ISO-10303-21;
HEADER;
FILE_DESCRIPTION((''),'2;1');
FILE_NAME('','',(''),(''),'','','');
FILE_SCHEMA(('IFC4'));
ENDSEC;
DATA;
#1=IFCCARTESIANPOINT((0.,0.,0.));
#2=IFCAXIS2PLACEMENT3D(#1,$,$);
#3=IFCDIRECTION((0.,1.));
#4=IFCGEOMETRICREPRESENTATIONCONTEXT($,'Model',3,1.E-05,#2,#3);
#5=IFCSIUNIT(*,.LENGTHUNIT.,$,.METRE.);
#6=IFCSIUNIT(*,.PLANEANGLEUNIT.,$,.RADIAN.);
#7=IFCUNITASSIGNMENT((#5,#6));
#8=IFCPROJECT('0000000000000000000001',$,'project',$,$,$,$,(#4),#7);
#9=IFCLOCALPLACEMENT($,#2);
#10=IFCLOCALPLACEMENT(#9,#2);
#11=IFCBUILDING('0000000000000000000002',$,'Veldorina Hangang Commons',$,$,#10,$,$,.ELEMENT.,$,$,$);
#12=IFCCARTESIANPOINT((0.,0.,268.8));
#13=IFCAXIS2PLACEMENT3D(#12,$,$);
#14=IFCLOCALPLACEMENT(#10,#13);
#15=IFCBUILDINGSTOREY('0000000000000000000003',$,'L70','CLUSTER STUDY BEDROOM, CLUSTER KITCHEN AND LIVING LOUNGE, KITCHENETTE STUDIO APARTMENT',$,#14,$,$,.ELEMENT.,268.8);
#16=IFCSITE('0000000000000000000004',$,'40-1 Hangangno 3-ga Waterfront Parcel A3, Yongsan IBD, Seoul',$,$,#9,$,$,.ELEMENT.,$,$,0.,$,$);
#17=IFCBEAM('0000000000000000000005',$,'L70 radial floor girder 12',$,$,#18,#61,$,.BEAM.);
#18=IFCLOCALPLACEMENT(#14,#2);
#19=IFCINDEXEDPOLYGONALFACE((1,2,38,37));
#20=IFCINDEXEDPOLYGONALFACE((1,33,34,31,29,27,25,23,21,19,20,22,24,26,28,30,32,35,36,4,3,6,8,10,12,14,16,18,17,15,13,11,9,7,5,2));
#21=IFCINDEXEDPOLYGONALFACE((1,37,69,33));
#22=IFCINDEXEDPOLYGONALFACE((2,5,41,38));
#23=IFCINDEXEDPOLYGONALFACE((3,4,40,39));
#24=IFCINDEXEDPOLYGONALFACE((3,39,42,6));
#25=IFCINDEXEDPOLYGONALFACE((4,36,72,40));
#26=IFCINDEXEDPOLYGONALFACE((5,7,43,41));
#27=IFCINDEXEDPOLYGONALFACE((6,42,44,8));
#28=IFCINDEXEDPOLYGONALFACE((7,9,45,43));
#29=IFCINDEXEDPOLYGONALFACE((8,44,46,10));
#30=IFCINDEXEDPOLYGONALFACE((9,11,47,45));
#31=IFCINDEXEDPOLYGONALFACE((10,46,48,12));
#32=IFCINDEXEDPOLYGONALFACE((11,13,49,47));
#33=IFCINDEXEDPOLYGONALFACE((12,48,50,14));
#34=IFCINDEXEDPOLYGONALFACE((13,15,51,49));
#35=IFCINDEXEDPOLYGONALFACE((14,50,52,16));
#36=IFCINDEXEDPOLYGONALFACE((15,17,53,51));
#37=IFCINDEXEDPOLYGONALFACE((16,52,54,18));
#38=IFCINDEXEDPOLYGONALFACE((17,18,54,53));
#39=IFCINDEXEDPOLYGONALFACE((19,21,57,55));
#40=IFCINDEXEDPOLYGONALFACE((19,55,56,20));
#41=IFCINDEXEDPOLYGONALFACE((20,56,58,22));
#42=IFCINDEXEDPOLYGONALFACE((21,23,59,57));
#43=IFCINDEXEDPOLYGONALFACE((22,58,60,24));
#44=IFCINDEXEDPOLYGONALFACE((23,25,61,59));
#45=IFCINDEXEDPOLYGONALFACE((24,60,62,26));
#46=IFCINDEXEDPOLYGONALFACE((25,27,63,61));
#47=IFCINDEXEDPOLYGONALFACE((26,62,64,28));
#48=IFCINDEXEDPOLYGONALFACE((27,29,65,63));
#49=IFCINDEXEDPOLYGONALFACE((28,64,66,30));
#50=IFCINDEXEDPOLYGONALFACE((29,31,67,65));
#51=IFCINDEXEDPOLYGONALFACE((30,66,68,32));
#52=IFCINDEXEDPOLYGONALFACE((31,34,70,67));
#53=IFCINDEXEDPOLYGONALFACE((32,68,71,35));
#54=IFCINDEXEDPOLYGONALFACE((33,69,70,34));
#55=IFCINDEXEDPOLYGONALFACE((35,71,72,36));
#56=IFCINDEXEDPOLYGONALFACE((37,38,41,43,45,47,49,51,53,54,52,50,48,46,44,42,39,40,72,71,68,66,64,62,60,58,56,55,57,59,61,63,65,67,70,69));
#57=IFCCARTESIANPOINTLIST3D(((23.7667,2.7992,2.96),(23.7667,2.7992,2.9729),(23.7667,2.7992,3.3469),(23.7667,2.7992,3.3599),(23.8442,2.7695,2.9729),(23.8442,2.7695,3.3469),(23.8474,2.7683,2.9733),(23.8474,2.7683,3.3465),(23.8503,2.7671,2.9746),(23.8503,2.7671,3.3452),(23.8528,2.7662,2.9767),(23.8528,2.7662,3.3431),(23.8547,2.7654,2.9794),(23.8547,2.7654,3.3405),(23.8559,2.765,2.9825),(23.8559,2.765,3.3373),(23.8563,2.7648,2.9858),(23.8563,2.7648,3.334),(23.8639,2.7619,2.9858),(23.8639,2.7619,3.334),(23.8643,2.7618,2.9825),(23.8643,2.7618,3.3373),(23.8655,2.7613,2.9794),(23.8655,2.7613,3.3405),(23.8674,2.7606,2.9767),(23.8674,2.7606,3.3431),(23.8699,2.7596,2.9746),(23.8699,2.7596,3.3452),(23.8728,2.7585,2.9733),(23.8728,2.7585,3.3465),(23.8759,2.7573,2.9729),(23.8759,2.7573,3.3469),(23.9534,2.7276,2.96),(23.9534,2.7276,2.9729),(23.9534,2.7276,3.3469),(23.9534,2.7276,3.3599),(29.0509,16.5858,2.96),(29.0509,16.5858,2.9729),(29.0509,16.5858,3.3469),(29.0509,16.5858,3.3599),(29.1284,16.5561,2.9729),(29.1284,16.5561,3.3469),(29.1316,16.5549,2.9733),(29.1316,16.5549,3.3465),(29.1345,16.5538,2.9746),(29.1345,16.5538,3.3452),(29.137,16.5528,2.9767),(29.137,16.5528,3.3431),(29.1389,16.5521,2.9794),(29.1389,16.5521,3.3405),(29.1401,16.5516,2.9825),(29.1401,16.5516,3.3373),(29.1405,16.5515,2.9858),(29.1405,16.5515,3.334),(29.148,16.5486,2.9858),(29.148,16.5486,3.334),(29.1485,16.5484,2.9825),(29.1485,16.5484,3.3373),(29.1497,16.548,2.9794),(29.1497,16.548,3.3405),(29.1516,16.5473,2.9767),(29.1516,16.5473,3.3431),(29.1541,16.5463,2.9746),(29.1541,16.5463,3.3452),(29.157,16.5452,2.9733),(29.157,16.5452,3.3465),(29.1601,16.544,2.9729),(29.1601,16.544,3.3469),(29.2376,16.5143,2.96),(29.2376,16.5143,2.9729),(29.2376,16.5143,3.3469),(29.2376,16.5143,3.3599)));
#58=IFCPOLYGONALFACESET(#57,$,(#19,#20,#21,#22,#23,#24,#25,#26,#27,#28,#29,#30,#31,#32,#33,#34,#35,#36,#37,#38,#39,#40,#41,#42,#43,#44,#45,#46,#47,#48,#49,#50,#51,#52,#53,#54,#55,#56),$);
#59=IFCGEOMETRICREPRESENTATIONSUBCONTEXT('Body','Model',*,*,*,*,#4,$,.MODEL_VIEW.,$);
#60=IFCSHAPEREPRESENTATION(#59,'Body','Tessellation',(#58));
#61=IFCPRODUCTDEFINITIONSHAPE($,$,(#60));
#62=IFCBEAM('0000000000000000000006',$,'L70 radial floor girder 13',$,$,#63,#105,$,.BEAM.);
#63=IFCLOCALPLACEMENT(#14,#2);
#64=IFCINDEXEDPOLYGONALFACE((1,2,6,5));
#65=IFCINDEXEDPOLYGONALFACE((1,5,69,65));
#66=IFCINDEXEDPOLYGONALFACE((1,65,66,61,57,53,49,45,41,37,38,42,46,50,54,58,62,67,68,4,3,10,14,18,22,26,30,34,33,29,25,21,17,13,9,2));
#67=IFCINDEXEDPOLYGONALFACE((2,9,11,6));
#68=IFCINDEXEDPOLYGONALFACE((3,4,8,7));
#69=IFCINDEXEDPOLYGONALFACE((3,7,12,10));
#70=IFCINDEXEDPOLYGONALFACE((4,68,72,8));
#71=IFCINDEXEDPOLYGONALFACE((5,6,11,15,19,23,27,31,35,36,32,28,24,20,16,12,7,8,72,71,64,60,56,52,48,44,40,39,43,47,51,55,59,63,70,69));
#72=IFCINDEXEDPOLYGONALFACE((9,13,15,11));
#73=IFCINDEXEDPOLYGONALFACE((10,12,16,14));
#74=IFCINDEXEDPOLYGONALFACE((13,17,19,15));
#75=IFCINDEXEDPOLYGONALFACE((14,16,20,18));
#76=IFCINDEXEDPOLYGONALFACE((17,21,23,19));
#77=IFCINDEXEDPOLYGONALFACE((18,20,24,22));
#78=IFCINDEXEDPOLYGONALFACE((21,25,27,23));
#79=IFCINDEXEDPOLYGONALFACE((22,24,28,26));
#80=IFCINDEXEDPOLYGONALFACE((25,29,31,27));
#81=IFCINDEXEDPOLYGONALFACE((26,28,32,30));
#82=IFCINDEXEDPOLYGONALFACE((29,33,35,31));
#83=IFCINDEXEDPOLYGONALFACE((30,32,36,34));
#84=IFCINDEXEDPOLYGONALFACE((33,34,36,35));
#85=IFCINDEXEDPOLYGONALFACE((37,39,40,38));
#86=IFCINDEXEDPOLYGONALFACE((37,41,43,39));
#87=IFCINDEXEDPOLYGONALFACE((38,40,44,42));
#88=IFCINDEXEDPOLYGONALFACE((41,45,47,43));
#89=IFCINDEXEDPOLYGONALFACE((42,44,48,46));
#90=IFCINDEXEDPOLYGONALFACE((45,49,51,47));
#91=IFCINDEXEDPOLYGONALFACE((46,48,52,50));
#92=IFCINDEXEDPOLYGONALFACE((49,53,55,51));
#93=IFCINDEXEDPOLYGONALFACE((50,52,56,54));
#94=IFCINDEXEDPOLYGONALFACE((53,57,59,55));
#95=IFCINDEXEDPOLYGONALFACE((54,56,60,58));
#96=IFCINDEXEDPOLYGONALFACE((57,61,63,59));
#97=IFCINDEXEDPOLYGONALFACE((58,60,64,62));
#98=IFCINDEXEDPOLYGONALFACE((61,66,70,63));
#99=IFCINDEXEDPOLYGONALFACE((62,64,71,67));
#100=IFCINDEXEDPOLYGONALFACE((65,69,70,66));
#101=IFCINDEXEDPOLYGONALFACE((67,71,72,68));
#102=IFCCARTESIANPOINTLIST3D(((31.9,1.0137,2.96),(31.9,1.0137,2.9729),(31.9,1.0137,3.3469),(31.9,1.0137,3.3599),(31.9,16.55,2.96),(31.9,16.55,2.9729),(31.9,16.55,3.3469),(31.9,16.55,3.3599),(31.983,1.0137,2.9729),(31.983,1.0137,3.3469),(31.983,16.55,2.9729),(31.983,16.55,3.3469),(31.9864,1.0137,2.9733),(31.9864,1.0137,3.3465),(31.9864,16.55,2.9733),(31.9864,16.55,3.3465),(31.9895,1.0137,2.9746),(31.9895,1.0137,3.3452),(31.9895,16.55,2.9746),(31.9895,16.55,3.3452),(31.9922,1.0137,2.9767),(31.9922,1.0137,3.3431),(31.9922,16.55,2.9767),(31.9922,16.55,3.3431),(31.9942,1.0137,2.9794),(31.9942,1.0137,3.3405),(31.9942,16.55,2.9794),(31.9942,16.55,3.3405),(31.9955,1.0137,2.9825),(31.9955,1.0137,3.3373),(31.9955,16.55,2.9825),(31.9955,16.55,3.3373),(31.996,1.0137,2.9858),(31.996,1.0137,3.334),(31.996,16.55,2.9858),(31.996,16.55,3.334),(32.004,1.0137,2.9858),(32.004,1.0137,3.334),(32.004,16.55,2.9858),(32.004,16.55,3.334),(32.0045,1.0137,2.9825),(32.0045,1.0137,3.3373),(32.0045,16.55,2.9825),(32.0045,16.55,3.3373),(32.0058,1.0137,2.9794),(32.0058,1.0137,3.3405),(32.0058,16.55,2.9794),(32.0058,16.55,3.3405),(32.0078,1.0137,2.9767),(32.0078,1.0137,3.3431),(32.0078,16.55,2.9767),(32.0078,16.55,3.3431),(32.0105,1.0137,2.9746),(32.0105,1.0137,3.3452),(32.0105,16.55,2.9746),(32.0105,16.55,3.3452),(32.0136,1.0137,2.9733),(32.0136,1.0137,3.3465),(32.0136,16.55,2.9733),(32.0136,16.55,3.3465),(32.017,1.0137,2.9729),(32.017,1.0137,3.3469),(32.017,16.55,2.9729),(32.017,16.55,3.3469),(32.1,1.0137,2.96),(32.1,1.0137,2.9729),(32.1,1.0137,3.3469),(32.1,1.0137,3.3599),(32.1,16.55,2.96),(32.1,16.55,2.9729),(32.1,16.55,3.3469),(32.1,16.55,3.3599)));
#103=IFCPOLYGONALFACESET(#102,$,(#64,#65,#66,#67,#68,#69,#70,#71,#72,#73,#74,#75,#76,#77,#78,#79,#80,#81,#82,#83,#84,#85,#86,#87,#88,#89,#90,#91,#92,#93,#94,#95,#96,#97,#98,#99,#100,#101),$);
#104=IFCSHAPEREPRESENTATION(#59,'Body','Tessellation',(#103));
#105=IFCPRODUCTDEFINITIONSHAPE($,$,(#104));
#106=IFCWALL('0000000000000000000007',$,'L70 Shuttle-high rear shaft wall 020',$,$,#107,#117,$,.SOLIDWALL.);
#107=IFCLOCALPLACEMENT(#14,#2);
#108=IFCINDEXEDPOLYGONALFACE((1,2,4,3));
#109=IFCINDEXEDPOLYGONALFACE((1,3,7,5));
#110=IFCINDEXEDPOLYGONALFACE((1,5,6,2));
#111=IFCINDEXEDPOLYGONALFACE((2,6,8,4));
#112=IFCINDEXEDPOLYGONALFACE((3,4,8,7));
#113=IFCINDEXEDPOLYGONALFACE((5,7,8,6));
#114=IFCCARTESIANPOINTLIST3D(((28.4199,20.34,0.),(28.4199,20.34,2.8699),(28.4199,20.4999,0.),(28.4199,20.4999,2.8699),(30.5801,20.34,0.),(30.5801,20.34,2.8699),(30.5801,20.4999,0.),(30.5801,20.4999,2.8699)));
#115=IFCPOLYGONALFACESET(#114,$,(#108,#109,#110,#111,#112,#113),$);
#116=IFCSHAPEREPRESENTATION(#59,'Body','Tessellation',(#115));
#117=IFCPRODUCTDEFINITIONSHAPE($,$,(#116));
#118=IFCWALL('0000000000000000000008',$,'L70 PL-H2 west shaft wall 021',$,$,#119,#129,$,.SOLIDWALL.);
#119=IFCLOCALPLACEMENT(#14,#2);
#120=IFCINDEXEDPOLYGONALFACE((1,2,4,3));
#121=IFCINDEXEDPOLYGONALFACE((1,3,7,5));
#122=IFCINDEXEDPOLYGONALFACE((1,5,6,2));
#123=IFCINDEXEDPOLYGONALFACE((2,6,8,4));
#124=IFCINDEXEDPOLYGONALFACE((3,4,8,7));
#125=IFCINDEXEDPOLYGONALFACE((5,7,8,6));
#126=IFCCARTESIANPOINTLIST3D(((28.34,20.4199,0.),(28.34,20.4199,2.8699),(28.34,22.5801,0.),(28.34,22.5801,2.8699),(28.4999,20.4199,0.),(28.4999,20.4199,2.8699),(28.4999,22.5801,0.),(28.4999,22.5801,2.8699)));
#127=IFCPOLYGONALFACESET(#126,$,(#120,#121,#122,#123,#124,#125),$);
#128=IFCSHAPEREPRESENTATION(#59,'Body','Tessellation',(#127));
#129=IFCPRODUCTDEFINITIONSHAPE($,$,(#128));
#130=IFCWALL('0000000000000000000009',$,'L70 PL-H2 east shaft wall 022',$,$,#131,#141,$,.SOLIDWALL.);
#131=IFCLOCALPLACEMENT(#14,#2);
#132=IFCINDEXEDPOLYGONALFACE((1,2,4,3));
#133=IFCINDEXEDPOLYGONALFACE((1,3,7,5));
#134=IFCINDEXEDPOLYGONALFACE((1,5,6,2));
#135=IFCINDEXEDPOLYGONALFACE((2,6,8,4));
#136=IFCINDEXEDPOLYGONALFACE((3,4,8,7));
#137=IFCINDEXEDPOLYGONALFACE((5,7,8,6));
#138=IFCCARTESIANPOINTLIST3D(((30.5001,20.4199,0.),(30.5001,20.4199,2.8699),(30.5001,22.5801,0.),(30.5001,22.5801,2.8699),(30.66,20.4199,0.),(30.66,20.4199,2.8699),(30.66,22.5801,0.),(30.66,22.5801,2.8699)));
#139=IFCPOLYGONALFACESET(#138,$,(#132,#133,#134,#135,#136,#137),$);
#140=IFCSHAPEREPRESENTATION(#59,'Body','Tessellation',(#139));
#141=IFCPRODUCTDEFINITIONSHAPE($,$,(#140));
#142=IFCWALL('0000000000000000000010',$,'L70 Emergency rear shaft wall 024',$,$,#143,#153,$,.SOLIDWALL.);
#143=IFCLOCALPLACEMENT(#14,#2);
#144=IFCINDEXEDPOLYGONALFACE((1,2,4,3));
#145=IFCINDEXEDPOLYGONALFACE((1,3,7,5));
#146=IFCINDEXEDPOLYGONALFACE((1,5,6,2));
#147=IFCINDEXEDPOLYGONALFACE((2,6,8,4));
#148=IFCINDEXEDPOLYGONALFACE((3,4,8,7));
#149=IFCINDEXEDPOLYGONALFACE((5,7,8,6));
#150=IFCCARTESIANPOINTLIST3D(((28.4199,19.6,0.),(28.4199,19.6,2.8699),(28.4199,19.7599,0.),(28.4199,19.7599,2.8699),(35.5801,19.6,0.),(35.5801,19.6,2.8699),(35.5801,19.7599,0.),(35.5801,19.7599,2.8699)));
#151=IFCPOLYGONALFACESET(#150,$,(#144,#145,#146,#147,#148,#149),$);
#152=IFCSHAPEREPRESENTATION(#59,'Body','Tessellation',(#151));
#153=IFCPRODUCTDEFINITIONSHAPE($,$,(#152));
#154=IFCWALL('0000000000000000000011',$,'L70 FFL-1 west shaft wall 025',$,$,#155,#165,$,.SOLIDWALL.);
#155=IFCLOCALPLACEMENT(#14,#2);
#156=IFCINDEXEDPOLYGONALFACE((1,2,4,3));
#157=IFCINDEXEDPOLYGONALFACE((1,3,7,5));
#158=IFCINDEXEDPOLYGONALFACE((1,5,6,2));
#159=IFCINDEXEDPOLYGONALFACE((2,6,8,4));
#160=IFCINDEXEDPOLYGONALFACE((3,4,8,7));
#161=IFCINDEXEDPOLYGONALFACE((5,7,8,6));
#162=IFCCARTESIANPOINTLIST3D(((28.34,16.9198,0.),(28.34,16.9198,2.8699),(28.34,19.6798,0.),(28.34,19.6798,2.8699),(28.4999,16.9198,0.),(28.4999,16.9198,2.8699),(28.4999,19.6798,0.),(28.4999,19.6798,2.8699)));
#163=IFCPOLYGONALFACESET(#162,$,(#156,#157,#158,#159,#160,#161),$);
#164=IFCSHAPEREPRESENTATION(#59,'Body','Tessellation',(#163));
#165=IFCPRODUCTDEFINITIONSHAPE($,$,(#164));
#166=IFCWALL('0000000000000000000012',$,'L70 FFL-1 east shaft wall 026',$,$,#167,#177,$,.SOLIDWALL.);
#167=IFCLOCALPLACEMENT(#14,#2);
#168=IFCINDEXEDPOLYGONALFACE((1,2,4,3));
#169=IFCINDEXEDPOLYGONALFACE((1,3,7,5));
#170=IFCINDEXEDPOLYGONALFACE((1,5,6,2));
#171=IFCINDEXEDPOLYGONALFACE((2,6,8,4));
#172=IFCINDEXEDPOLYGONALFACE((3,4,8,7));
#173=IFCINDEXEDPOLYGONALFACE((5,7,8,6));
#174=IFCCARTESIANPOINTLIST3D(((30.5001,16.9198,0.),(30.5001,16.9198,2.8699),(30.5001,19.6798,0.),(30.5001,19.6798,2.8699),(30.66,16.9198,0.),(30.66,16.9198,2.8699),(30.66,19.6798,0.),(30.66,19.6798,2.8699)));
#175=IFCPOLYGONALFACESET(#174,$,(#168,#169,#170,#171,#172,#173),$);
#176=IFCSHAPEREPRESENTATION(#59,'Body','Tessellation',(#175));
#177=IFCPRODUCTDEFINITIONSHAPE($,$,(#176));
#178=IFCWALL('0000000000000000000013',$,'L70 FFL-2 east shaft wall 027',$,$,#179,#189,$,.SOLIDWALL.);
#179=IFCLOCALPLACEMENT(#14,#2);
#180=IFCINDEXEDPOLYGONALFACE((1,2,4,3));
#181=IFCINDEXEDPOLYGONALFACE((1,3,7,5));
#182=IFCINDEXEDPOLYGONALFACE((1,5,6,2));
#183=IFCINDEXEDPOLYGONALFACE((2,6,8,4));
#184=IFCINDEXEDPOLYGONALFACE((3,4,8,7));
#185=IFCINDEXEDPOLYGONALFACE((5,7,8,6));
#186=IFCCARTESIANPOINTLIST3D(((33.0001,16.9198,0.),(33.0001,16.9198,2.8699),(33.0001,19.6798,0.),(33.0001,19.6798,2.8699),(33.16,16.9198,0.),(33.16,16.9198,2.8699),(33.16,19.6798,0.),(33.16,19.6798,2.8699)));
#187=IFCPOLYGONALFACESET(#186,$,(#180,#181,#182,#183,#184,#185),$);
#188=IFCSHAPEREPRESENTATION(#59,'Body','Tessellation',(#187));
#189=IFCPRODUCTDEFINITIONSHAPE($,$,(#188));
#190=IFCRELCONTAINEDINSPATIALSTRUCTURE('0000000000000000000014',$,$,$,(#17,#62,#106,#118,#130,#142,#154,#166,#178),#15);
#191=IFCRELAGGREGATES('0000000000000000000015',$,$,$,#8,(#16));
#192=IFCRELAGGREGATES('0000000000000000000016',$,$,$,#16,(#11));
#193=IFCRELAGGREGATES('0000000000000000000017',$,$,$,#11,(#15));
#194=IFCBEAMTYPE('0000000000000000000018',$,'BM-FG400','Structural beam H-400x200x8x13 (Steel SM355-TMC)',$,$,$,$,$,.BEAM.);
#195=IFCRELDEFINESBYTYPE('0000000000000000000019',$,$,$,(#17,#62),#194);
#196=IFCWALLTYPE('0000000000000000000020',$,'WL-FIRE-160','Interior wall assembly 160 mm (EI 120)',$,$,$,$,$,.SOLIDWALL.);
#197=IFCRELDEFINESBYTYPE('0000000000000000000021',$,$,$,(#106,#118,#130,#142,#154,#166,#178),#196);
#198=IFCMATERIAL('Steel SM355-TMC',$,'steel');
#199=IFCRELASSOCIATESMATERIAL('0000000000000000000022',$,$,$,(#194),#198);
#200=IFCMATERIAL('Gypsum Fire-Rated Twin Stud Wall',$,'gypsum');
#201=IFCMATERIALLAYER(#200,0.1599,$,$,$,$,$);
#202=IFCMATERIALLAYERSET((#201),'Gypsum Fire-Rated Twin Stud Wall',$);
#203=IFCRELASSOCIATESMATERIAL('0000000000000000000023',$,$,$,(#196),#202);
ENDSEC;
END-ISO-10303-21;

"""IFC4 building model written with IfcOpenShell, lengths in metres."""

from ifc_helpers import new_model, si_unit, direction, frame, frame_2d, origin, origin_2d, place, context, subcontext, project, spatial, rectangle, i_section, extrude, material, layer, layer_set, material_profile, profile_set, type_object, element, save


model = new_model("IFC4")

# Units and contexts
model_context = context("Model", 3, precision=1e-05, world=origin(), true_north=direction((0.0, 1.0)))
body_context = subcontext(model_context, "Body", "Model", "MODEL_VIEW")
ifc_project = project(units=[si_unit("LENGTHUNIT", "METRE"), si_unit("PLANEANGLEUNIT", "RADIAN")], contexts=[model_context])

# Site, building, storey
site_placement = place(None, origin())
site = spatial("IfcSite", under=ifc_project, at=site_placement, Name="40-1 Hangangno 3-ga Waterfront Parcel A3, Yongsan IBD, Seoul", CompositionType="ELEMENT", RefElevation=0.0)
building_placement = place(site_placement, origin())
building = spatial("IfcBuilding", under=site, at=building_placement, Name="Veldorina Hangang Commons", CompositionType="ELEMENT")
storey_placement = place(building_placement, frame((0.0, 0.0, 268.8)))
storey = spatial("IfcBuildingStorey", under=building, at=storey_placement, Name="L70", Description="CLUSTER STUDY BEDROOM, CLUSTER KITCHEN AND LIVING LOUNGE, KITCHENETTE STUDIO APARTMENT", CompositionType="ELEMENT", Elevation=268.8)

# Beams
ifc_material_1 = material(Name="Steel SM355-TMC", Category="steel")
ifc_material_profile = material_profile(ifc_material_1, i_section(OverallWidth=0.2, OverallDepth=0.3999, WebThickness=0.0081, FlangeThickness=0.0129, FilletRadius=0.0129, at=origin_2d()), Name="H-400x200x8x13")
ifc_profile_set = profile_set([ifc_material_profile], Name="Steel SM355-TMC")
beam_type = type_object("IfcBeamType", Name="BM-FG400", Description="Structural beam H-400x200x8x13 (Steel SM355-TMC)", PredefinedType="BEAM", material=ifc_profile_set)
beam_1_placement = place(storey_placement, frame((29.1443, 16.55, 3.1599), z_axis=(-0.357895, -0.933762, 0.0), x_axis=(0.933762, -0.357895, 0.0)))
element("IfcBeam", 1, at=beam_1_placement, inside=storey, type_object=beam_type, Name="L70 radial floor girder 12", PredefinedType="BEAM", context=body_context, shape_type="SweptSolid", body=[
    extrude(i_section(OverallWidth=0.2, OverallDepth=0.3999, WebThickness=0.0081, FlangeThickness=0.0129, FilletRadius=0.0129, at=origin_2d()), origin(), (0.0, 0.0, 1.0), 14.7646),
])
beam_2_placement = place(storey_placement, frame((32.0, 16.55, 3.1599), z_axis=(0.0, -1.0, 0.0), x_axis=(1.0, 0.0, 0.0)))
element("IfcBeam", 2, at=beam_2_placement, inside=storey, type_object=beam_type, Name="L70 radial floor girder 13", PredefinedType="BEAM", context=body_context, shape_type="SweptSolid", body=[
    extrude(i_section(OverallWidth=0.2, OverallDepth=0.3999, WebThickness=0.0081, FlangeThickness=0.0129, FilletRadius=0.0129, at=origin_2d()), origin(), (0.0, 0.0, 1.0), 15.5364),
])

# Shared definitions
ifc_material_2 = material(Name="Gypsum Fire-Rated Twin Stud Wall", Category="gypsum")
ifc_layer_1 = layer(ifc_material_2, 0.1599)
ifc_layer_set_1 = layer_set([ifc_layer_1], Name="Gypsum Fire-Rated Twin Stud Wall")
wall_type_1 = type_object("IfcWallType", Name="WL-FIRE-160", Description="Interior wall assembly 160 mm (EI 120)", PredefinedType="SOLIDWALL", material=ifc_layer_set_1)

# Walls
for number, where, z_axis, x_axis, name in (
    (3, (28.4199, 20.4199, 0.0), (0.0, 0.0, 1.0), (1.0, 0.0, 0.0), "L70 Shuttle-high rear shaft wall 020"),
    (4, (28.4199, 20.4199, 0.0), (0.0, 0.0, 1.0), (0.0, 1.0, 0.0), "L70 PL-H2 west shaft wall 021"),
    (5, (30.5801, 20.4199, 0.0), (0.0, 0.0, 1.0), (0.0, 1.0, 0.0), "L70 PL-H2 east shaft wall 022"),
):
    element("IfcWall", number, at=place(storey_placement, frame(where, z_axis=z_axis, x_axis=x_axis)), inside=storey, type_object=wall_type_1, Name=name, PredefinedType="SOLIDWALL", context=body_context, shape_type="SweptSolid", body=[
        extrude(rectangle(XDim=2.1602, YDim=0.1599, at=frame_2d((1.0801, 0.0))), origin(), (0.0, 0.0, 1.0), 2.8699),
    ])
wall_1_placement = place(storey_placement, frame((28.4199, 19.6799, 0.0), z_axis=(0.0, 0.0, 1.0), x_axis=(1.0, 0.0, 0.0)))
element("IfcWall", 6, at=wall_1_placement, inside=storey, type_object=wall_type_1, Name="L70 Emergency rear shaft wall 024", PredefinedType="SOLIDWALL", context=body_context, shape_type="SweptSolid", body=[
    extrude(rectangle(XDim=7.1602, YDim=0.1599, at=frame_2d((3.5801, 0.0))), origin(), (0.0, 0.0, 1.0), 2.8699),
])
for number, where, z_axis, x_axis, name in (
    (7, (28.4199, 16.9199, 0.0), (0.0, 0.0, 1.0), (0.0, 1.0, 0.0), "L70 FFL-1 west shaft wall 025"),
    (8, (30.5801, 16.9199, 0.0), (0.0, 0.0, 1.0), (0.0, 1.0, 0.0), "L70 FFL-1 east shaft wall 026"),
    (9, (33.0801, 16.9199, 0.0), (0.0, 0.0, 1.0), (0.0, 1.0, 0.0), "L70 FFL-2 east shaft wall 027"),
):
    element("IfcWall", number, at=place(storey_placement, frame(where, z_axis=z_axis, x_axis=x_axis)), inside=storey, type_object=wall_type_1, Name=name, PredefinedType="SOLIDWALL", context=body_context, shape_type="SweptSolid", body=[
        extrude(rectangle(XDim=2.76, YDim=0.1599, at=frame_2d((1.3799, 0.0))), origin(), (0.0, 0.0, 1.0), 2.8699),
    ])

save(model, "model.ifc")
